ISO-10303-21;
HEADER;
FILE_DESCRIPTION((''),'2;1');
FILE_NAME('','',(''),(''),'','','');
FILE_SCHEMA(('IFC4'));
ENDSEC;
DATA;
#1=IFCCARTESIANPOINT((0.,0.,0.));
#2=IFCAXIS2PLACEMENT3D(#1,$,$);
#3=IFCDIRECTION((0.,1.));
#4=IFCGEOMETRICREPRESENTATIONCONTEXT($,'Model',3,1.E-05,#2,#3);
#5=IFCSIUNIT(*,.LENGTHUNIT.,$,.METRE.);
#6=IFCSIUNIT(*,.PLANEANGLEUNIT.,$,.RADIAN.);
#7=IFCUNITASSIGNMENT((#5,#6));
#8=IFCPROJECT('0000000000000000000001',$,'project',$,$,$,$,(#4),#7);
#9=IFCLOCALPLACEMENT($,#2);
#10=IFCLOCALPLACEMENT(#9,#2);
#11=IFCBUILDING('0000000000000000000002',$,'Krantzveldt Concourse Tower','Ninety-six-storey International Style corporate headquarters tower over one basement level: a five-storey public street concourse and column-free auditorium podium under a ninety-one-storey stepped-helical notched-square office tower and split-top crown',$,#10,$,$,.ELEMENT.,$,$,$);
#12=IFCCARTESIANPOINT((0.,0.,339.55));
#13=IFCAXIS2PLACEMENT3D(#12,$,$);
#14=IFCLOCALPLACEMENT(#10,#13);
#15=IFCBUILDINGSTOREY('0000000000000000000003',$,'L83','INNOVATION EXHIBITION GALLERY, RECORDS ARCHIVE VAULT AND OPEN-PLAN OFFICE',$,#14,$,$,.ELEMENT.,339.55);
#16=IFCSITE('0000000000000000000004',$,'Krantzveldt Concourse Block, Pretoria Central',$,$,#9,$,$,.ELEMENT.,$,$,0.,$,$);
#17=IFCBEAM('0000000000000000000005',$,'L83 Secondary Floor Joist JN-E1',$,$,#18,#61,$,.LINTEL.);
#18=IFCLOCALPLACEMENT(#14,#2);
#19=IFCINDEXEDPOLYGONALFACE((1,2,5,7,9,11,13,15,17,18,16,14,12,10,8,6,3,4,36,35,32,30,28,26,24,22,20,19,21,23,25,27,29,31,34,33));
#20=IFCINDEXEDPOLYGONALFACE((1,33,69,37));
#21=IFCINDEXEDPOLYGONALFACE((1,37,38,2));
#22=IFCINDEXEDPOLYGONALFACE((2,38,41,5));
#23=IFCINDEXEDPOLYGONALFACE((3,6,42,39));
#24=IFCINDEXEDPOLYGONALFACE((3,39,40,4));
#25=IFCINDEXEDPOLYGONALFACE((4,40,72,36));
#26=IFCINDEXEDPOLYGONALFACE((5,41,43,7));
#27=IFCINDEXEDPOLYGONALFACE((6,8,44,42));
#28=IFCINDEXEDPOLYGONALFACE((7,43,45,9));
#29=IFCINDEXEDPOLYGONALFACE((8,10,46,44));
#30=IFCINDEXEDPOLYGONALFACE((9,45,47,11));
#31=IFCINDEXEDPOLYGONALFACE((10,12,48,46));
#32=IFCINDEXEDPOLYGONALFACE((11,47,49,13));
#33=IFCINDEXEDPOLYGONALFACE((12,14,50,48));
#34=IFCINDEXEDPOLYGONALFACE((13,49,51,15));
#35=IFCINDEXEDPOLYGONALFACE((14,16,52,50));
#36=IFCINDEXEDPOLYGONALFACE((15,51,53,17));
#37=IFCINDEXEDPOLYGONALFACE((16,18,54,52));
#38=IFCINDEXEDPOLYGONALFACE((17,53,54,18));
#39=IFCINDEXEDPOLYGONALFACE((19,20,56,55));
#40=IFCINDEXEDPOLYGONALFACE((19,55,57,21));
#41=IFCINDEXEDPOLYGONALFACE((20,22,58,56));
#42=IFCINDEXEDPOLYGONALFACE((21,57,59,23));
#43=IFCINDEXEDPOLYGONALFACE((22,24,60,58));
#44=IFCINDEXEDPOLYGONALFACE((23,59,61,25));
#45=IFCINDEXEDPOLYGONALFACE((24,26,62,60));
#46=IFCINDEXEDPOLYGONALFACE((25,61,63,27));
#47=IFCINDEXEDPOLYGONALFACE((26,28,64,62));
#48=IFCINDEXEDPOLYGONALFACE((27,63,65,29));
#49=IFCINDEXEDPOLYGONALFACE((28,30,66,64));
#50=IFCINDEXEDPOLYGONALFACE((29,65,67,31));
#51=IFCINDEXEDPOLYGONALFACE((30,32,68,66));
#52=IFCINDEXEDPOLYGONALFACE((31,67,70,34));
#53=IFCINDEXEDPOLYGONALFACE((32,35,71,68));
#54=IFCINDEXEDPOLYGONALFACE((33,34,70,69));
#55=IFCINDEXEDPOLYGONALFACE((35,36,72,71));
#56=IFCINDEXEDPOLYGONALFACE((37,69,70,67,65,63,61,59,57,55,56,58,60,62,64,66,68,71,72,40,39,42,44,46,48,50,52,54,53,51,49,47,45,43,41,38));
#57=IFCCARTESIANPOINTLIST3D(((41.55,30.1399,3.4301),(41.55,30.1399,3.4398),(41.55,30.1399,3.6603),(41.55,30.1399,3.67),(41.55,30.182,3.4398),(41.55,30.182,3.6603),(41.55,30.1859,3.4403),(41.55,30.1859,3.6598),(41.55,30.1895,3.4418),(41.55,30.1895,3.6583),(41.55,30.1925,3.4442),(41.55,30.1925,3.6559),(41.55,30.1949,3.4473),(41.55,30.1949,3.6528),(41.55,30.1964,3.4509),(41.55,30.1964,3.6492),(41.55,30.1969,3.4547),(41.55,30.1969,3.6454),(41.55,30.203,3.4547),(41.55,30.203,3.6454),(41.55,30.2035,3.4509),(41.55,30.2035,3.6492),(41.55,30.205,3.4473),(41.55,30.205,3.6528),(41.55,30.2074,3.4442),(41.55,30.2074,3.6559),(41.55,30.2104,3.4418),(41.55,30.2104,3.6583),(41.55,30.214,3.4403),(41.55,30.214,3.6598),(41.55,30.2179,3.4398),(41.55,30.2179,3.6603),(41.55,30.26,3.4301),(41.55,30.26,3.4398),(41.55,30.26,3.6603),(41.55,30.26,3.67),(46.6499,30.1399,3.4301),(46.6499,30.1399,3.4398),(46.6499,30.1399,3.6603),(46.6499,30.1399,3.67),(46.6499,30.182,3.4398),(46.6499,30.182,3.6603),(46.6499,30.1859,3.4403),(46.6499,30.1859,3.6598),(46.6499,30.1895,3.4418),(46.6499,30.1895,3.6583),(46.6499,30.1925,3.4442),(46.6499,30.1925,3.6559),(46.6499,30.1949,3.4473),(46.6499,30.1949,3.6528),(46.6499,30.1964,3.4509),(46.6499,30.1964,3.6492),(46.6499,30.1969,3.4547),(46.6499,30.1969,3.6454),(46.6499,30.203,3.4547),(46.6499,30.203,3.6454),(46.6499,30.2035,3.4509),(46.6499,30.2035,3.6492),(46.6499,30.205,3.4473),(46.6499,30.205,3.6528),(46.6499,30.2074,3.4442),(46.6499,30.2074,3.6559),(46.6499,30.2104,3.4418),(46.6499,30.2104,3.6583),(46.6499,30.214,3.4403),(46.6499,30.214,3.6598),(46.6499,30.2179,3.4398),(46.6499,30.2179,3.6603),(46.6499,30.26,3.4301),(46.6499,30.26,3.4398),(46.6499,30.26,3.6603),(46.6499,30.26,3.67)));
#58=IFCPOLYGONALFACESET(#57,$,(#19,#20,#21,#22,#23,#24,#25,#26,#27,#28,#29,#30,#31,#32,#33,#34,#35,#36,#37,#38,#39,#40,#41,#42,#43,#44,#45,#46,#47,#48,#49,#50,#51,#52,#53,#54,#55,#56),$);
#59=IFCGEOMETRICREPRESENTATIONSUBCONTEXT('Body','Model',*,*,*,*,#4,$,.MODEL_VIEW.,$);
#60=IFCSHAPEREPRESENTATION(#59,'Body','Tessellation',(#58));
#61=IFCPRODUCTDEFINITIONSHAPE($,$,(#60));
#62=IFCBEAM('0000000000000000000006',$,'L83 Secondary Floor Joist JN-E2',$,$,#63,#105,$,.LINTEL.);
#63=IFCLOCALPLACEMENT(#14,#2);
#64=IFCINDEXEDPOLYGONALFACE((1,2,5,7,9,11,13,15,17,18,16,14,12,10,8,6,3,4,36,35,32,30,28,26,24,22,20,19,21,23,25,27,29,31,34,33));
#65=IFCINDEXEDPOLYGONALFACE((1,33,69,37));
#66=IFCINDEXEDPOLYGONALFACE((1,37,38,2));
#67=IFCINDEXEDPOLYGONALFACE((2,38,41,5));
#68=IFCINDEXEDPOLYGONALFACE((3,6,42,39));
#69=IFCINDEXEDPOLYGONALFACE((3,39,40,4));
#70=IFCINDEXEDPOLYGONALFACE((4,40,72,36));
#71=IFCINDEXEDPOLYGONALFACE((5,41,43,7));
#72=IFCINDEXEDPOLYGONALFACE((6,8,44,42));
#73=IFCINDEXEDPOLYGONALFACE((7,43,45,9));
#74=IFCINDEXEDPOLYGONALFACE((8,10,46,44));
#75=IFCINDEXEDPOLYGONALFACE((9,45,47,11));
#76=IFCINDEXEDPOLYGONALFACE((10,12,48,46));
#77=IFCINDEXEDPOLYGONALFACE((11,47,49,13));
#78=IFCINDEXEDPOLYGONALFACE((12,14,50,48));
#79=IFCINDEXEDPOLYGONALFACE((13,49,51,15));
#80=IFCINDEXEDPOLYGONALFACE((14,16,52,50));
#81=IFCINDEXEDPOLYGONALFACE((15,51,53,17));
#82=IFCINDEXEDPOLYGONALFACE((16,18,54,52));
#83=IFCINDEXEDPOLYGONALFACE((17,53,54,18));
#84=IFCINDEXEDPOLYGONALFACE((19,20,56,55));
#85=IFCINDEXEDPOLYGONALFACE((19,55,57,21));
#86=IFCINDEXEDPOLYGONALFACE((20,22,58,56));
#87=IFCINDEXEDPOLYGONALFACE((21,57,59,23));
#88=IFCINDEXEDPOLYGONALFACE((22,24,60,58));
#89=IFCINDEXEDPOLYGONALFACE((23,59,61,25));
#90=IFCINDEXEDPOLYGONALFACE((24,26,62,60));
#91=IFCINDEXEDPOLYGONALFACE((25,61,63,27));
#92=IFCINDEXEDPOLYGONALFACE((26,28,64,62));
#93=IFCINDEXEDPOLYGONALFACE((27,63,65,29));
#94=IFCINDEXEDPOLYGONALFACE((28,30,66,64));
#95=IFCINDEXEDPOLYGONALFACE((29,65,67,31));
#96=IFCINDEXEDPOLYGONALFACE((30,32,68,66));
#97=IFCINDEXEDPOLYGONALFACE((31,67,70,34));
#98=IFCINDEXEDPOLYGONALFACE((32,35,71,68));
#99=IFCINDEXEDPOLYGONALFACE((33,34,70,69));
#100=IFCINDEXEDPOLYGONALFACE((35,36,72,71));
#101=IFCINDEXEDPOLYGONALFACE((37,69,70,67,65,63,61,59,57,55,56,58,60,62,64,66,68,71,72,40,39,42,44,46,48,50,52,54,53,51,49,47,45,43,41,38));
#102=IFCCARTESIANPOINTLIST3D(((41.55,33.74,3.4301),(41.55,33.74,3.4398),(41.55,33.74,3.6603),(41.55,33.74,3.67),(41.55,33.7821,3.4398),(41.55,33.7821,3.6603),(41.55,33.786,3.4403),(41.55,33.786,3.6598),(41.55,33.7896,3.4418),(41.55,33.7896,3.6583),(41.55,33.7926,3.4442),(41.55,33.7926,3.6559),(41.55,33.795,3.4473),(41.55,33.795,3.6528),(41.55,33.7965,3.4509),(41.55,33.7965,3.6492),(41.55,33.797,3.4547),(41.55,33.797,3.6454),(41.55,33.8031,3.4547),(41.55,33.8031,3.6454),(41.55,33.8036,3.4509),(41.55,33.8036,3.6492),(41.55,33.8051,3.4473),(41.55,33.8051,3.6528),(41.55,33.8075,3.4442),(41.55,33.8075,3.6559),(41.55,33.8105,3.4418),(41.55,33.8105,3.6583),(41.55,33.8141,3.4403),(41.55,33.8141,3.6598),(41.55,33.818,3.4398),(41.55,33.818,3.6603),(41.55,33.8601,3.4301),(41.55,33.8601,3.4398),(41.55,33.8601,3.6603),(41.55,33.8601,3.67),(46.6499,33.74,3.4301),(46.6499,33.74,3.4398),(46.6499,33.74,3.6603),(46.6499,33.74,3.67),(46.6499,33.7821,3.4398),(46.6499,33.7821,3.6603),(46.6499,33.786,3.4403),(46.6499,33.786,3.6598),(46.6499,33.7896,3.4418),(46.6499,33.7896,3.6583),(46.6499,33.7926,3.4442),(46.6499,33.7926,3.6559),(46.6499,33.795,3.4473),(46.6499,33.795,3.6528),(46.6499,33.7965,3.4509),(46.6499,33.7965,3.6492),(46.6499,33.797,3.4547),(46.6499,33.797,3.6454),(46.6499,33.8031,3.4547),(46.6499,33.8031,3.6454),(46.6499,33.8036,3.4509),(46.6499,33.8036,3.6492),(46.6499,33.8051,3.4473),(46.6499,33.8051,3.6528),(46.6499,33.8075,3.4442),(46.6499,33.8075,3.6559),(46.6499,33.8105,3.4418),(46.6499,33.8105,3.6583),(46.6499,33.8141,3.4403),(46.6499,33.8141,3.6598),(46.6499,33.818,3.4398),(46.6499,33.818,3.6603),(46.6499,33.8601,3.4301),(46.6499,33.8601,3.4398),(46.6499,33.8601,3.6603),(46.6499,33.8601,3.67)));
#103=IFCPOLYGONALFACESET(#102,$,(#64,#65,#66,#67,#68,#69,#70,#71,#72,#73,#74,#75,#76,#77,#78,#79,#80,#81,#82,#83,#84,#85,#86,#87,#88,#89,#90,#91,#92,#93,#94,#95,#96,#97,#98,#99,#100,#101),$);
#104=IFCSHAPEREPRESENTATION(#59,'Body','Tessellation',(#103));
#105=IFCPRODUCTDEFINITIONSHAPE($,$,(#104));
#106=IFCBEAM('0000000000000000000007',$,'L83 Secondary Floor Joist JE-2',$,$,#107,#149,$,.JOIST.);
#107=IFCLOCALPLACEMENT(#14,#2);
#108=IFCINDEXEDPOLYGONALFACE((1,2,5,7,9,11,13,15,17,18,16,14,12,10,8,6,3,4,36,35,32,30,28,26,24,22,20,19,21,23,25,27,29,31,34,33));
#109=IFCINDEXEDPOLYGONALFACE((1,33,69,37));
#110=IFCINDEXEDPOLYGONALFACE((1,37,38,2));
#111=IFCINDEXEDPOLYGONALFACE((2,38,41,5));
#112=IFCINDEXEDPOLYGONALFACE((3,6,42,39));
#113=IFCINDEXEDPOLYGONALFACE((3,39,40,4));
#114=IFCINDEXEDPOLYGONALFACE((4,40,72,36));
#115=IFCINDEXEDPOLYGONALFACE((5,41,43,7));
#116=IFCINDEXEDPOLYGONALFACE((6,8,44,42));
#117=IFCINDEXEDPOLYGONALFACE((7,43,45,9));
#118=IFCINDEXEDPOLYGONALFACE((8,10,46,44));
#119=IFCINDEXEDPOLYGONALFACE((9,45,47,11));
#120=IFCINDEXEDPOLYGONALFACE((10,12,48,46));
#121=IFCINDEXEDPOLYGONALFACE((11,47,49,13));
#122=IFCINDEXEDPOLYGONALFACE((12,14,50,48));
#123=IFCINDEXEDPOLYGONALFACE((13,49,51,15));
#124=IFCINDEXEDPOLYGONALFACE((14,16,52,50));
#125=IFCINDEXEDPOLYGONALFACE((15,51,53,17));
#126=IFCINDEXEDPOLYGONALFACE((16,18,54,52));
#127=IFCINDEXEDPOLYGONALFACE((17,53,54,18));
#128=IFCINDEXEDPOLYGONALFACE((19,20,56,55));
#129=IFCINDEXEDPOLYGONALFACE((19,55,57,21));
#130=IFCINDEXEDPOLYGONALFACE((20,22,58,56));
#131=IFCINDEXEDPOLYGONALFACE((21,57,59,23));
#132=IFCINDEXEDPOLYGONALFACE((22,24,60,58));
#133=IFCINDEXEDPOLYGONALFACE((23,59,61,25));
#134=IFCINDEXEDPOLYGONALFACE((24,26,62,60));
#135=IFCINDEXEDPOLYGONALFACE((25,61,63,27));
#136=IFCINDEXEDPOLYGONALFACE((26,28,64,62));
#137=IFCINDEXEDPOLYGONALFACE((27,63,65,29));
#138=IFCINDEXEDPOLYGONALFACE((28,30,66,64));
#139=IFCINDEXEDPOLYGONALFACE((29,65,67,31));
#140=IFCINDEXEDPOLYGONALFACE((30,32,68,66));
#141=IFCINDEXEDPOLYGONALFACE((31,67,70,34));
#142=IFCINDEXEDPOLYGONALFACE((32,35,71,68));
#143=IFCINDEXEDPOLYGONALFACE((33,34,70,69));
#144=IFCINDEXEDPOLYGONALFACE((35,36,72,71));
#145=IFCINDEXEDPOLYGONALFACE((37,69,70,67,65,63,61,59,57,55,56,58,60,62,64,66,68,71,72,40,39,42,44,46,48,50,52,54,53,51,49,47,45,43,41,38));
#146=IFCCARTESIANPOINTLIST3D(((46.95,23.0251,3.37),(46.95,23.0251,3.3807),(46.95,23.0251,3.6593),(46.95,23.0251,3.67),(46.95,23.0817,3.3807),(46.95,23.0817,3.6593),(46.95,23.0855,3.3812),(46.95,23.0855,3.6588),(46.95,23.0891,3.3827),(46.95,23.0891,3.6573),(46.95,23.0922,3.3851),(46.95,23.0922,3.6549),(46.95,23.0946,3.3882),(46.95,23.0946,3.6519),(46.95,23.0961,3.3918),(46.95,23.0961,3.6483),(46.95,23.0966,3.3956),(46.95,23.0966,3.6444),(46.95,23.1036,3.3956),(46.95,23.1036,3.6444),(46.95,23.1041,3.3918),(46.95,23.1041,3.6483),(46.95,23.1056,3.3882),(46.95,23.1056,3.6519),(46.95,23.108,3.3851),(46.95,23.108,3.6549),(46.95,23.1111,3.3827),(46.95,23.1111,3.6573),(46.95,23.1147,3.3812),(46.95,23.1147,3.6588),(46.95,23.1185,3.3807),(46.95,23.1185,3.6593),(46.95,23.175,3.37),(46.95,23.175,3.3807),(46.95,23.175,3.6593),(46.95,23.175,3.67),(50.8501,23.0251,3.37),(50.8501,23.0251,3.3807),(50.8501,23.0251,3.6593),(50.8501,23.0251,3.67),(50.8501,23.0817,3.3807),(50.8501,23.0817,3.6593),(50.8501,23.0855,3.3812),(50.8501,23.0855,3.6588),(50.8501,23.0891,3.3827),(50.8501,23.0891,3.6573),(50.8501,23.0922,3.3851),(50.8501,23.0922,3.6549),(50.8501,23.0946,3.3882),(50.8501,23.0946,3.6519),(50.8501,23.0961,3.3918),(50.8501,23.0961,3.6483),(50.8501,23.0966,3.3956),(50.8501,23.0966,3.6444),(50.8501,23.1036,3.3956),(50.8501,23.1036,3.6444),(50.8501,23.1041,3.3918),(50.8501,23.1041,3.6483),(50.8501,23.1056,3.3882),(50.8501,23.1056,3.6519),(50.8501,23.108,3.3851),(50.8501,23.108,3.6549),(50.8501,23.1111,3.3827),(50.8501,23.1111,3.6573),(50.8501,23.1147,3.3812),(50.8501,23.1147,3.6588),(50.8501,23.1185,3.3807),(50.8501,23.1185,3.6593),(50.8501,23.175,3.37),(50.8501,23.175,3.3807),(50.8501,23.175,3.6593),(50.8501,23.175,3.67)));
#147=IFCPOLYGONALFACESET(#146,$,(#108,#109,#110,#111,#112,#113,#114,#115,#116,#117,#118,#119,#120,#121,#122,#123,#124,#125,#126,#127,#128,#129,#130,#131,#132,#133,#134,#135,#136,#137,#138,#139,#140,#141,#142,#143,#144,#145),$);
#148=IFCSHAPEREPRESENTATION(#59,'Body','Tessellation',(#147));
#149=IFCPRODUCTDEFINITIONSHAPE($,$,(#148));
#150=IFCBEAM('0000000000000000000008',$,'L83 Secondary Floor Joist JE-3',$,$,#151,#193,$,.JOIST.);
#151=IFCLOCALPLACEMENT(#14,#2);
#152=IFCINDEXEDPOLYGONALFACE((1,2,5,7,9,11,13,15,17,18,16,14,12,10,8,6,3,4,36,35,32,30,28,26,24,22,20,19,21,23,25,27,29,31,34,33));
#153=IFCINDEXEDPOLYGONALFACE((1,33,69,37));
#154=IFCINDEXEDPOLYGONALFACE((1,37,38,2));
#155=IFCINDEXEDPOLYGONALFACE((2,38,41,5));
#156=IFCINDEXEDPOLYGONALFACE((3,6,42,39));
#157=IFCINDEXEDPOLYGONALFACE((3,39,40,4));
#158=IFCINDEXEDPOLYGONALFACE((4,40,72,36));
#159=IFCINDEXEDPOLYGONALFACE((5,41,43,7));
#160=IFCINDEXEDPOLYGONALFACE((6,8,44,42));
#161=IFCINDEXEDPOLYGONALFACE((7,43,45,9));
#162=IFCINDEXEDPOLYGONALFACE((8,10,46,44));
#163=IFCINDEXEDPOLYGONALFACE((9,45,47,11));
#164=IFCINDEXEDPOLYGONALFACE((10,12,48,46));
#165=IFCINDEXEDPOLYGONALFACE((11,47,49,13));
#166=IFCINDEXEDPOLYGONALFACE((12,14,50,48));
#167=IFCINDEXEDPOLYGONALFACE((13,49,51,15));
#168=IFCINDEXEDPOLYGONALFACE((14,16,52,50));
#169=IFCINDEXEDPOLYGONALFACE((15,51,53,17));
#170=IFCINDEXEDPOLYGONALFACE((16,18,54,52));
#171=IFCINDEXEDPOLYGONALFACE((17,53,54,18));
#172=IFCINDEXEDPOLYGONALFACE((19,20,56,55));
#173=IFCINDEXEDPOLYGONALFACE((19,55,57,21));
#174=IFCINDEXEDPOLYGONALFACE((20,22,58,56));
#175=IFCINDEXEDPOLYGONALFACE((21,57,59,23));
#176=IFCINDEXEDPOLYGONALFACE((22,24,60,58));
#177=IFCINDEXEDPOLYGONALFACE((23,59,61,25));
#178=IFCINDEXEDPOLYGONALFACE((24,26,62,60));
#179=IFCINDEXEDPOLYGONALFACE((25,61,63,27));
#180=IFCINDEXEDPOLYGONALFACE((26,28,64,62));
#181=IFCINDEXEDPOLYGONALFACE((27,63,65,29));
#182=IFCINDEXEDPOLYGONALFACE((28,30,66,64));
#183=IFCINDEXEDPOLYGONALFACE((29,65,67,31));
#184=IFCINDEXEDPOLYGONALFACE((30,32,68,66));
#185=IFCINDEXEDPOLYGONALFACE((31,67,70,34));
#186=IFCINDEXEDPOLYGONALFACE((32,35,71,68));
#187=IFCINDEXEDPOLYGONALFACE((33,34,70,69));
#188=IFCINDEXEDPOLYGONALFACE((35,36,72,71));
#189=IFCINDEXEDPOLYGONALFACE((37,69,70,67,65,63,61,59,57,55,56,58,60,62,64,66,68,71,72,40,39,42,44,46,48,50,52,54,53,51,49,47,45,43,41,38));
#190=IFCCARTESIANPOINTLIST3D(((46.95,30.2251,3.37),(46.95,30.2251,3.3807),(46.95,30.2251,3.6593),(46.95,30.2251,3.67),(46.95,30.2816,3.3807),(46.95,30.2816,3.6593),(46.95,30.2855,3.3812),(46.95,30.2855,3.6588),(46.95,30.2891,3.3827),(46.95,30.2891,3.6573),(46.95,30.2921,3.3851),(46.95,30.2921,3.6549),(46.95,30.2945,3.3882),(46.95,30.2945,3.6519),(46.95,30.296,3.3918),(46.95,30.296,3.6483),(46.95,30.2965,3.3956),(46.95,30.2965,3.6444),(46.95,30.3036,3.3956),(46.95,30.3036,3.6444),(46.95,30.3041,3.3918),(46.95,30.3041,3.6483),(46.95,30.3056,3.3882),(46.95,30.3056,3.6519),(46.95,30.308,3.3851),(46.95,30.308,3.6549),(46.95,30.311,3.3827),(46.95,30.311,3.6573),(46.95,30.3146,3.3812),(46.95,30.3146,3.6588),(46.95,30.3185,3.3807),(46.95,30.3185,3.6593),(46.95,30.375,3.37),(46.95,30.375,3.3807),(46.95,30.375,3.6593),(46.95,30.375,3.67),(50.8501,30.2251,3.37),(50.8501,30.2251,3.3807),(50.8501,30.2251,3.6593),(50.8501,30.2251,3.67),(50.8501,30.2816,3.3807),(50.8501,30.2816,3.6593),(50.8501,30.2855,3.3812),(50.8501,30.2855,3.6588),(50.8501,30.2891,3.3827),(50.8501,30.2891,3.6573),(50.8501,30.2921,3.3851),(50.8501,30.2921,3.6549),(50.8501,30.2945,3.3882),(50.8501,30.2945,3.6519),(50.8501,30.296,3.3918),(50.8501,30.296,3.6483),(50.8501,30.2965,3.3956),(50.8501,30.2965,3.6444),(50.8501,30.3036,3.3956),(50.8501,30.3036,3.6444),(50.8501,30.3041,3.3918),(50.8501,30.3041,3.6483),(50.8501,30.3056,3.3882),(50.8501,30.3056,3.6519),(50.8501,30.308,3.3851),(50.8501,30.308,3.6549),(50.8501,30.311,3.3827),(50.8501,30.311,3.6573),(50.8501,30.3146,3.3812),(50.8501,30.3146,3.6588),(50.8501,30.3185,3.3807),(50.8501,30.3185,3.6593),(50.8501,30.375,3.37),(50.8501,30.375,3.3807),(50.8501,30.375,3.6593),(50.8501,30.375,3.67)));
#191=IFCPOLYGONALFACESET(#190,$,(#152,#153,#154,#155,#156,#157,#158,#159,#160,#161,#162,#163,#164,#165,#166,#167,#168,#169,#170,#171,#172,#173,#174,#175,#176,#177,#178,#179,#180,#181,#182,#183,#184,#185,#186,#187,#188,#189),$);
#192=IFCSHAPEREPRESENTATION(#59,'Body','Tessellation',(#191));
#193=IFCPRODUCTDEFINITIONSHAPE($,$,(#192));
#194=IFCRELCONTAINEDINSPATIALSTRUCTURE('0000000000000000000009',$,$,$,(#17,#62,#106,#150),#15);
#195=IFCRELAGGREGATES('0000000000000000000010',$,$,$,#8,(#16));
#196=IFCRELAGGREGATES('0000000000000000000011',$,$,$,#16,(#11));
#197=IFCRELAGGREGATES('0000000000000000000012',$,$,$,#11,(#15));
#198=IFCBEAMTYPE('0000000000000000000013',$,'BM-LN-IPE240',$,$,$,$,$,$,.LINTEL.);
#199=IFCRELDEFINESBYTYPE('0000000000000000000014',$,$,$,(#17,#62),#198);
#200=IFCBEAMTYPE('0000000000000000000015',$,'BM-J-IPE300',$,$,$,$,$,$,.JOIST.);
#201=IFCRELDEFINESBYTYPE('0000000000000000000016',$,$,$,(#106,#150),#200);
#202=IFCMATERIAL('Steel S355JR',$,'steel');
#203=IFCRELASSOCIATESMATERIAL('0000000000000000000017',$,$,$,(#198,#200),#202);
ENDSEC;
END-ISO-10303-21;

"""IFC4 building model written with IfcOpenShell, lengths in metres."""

from ifc_helpers import new_model, si_unit, direction, frame, origin, origin_2d, place, context, subcontext, project, spatial, i_section, extrude, source, transform, mapped, material, material_profile, profile_set, type_object, type_shapes, element, save


model = new_model("IFC4")

# Units and contexts
model_context = context("Model", 3, precision=1e-05, world=origin(), true_north=direction((0.0, 1.0)))
body_context = subcontext(model_context, "Body", "Model", "MODEL_VIEW")
ifc_project = project(units=[si_unit("LENGTHUNIT", "METRE"), si_unit("PLANEANGLEUNIT", "RADIAN")], contexts=[model_context])

# Site, building, storey
site_placement = place(None, origin())
site = spatial("IfcSite", under=ifc_project, at=site_placement, Name="Krantzveldt Concourse Block, Pretoria Central", CompositionType="ELEMENT", RefElevation=0.0)
building_placement = place(site_placement, origin())
building = spatial("IfcBuilding", under=site, at=building_placement, Name="Krantzveldt Concourse Tower", Description="Ninety-six-storey International Style corporate headquarters tower over one basement level: a five-storey public street concourse and column-free auditorium podium under a ninety-one-storey stepped-helical notched-square office tower and split-top crown", CompositionType="ELEMENT")
storey_placement = place(building_placement, frame((0.0, 0.0, 339.55)))
storey = spatial("IfcBuildingStorey", under=building, at=storey_placement, Name="L83", Description="INNOVATION EXHIBITION GALLERY, RECORDS ARCHIVE VAULT AND OPEN-PLAN OFFICE", CompositionType="ELEMENT", Elevation=339.55)

# Beams
ifc_material_1 = material(Name="Steel S355JR", Category="steel")
ifc_material_profile_1 = material_profile(ifc_material_1, i_section(OverallWidth=0.1201, OverallDepth=0.24, WebThickness=0.0061, FlangeThickness=0.0098, FilletRadius=0.0149, at=origin_2d()), Name="Steel S355JR", Category="steel")
ifc_profile_set_1 = profile_set([ifc_material_profile_1], Name="Steel S355JR - IPE 240")
beam_type_1 = type_object("IfcBeamType", Name="BM-LN-IPE240", PredefinedType="LINTEL", material=ifc_profile_set_1)
shared_shape_1 = source(origin(), body_context, "Body", "SweptSolid", [
    extrude(i_section(OverallWidth=0.1201, OverallDepth=0.24, WebThickness=0.0061, FlangeThickness=0.0098, FilletRadius=0.0149, at=origin_2d()), origin(), (0.0, 0.0, 1.0), 5.0999),
])
type_shapes(beam_type_1, [shared_shape_1])
for number, where, z_axis, x_axis, name in (
    (1, (41.55, 30.2, 3.55), (1.0, 0.0, 0.0), (0.0, 1.0, 0.0), "L83 Secondary Floor Joist JN-E1"),
    (2, (41.55, 33.8, 3.55), (1.0, 0.0, 0.0), (0.0, 1.0, 0.0), "L83 Secondary Floor Joist JN-E2"),
):
    element("IfcBeam", number, at=place(storey_placement, frame(where, z_axis=z_axis, x_axis=x_axis)), inside=storey, type_object=beam_type_1, Name=name, PredefinedType="LINTEL", context=body_context, shape_type="MappedRepresentation", body=[
        mapped(shared_shape_1, transform((0.0, 0.0, 0.0), x_axis=(1.0, 0.0, 0.0), y_axis=(0.0, 1.0, 0.0), z_axis=(0.0, 0.0, 1.0), scale=1.0)),
    ])
ifc_material_profile_2 = material_profile(ifc_material_1, i_section(OverallWidth=0.1499, OverallDepth=0.3, WebThickness=0.0071, FlangeThickness=0.0107, FilletRadius=0.0149, at=origin_2d()), Name="Steel S355JR", Category="steel")
ifc_profile_set_2 = profile_set([ifc_material_profile_2], Name="Steel S355JR - IPE 300")
beam_type_2 = type_object("IfcBeamType", Name="BM-J-IPE300", PredefinedType="JOIST", material=ifc_profile_set_2)
shared_shape_2 = source(origin(), body_context, "Body", "SweptSolid", [
    extrude(i_section(OverallWidth=0.1499, OverallDepth=0.3, WebThickness=0.0071, FlangeThickness=0.0107, FilletRadius=0.0149, at=origin_2d()), origin(), (0.0, 0.0, 1.0), 3.9001),
])
type_shapes(beam_type_2, [shared_shape_2])
for number, where, z_axis, x_axis, name in (
    (3, (46.95, 23.1001, 3.52), (1.0, 0.0, 0.0), (0.0, 1.0, 0.0), "L83 Secondary Floor Joist JE-2"),
    (4, (46.95, 30.3, 3.52), (1.0, 0.0, 0.0), (0.0, 1.0, 0.0), "L83 Secondary Floor Joist JE-3"),
):
    element("IfcBeam", number, at=place(storey_placement, frame(where, z_axis=z_axis, x_axis=x_axis)), inside=storey, type_object=beam_type_2, Name=name, PredefinedType="JOIST", context=body_context, shape_type="MappedRepresentation", body=[
        mapped(shared_shape_2, transform((0.0, 0.0, 0.0), x_axis=(1.0, 0.0, 0.0), y_axis=(0.0, 1.0, 0.0), z_axis=(0.0, 0.0, 1.0), scale=1.0)),
    ])

save(model, "model.ifc")
